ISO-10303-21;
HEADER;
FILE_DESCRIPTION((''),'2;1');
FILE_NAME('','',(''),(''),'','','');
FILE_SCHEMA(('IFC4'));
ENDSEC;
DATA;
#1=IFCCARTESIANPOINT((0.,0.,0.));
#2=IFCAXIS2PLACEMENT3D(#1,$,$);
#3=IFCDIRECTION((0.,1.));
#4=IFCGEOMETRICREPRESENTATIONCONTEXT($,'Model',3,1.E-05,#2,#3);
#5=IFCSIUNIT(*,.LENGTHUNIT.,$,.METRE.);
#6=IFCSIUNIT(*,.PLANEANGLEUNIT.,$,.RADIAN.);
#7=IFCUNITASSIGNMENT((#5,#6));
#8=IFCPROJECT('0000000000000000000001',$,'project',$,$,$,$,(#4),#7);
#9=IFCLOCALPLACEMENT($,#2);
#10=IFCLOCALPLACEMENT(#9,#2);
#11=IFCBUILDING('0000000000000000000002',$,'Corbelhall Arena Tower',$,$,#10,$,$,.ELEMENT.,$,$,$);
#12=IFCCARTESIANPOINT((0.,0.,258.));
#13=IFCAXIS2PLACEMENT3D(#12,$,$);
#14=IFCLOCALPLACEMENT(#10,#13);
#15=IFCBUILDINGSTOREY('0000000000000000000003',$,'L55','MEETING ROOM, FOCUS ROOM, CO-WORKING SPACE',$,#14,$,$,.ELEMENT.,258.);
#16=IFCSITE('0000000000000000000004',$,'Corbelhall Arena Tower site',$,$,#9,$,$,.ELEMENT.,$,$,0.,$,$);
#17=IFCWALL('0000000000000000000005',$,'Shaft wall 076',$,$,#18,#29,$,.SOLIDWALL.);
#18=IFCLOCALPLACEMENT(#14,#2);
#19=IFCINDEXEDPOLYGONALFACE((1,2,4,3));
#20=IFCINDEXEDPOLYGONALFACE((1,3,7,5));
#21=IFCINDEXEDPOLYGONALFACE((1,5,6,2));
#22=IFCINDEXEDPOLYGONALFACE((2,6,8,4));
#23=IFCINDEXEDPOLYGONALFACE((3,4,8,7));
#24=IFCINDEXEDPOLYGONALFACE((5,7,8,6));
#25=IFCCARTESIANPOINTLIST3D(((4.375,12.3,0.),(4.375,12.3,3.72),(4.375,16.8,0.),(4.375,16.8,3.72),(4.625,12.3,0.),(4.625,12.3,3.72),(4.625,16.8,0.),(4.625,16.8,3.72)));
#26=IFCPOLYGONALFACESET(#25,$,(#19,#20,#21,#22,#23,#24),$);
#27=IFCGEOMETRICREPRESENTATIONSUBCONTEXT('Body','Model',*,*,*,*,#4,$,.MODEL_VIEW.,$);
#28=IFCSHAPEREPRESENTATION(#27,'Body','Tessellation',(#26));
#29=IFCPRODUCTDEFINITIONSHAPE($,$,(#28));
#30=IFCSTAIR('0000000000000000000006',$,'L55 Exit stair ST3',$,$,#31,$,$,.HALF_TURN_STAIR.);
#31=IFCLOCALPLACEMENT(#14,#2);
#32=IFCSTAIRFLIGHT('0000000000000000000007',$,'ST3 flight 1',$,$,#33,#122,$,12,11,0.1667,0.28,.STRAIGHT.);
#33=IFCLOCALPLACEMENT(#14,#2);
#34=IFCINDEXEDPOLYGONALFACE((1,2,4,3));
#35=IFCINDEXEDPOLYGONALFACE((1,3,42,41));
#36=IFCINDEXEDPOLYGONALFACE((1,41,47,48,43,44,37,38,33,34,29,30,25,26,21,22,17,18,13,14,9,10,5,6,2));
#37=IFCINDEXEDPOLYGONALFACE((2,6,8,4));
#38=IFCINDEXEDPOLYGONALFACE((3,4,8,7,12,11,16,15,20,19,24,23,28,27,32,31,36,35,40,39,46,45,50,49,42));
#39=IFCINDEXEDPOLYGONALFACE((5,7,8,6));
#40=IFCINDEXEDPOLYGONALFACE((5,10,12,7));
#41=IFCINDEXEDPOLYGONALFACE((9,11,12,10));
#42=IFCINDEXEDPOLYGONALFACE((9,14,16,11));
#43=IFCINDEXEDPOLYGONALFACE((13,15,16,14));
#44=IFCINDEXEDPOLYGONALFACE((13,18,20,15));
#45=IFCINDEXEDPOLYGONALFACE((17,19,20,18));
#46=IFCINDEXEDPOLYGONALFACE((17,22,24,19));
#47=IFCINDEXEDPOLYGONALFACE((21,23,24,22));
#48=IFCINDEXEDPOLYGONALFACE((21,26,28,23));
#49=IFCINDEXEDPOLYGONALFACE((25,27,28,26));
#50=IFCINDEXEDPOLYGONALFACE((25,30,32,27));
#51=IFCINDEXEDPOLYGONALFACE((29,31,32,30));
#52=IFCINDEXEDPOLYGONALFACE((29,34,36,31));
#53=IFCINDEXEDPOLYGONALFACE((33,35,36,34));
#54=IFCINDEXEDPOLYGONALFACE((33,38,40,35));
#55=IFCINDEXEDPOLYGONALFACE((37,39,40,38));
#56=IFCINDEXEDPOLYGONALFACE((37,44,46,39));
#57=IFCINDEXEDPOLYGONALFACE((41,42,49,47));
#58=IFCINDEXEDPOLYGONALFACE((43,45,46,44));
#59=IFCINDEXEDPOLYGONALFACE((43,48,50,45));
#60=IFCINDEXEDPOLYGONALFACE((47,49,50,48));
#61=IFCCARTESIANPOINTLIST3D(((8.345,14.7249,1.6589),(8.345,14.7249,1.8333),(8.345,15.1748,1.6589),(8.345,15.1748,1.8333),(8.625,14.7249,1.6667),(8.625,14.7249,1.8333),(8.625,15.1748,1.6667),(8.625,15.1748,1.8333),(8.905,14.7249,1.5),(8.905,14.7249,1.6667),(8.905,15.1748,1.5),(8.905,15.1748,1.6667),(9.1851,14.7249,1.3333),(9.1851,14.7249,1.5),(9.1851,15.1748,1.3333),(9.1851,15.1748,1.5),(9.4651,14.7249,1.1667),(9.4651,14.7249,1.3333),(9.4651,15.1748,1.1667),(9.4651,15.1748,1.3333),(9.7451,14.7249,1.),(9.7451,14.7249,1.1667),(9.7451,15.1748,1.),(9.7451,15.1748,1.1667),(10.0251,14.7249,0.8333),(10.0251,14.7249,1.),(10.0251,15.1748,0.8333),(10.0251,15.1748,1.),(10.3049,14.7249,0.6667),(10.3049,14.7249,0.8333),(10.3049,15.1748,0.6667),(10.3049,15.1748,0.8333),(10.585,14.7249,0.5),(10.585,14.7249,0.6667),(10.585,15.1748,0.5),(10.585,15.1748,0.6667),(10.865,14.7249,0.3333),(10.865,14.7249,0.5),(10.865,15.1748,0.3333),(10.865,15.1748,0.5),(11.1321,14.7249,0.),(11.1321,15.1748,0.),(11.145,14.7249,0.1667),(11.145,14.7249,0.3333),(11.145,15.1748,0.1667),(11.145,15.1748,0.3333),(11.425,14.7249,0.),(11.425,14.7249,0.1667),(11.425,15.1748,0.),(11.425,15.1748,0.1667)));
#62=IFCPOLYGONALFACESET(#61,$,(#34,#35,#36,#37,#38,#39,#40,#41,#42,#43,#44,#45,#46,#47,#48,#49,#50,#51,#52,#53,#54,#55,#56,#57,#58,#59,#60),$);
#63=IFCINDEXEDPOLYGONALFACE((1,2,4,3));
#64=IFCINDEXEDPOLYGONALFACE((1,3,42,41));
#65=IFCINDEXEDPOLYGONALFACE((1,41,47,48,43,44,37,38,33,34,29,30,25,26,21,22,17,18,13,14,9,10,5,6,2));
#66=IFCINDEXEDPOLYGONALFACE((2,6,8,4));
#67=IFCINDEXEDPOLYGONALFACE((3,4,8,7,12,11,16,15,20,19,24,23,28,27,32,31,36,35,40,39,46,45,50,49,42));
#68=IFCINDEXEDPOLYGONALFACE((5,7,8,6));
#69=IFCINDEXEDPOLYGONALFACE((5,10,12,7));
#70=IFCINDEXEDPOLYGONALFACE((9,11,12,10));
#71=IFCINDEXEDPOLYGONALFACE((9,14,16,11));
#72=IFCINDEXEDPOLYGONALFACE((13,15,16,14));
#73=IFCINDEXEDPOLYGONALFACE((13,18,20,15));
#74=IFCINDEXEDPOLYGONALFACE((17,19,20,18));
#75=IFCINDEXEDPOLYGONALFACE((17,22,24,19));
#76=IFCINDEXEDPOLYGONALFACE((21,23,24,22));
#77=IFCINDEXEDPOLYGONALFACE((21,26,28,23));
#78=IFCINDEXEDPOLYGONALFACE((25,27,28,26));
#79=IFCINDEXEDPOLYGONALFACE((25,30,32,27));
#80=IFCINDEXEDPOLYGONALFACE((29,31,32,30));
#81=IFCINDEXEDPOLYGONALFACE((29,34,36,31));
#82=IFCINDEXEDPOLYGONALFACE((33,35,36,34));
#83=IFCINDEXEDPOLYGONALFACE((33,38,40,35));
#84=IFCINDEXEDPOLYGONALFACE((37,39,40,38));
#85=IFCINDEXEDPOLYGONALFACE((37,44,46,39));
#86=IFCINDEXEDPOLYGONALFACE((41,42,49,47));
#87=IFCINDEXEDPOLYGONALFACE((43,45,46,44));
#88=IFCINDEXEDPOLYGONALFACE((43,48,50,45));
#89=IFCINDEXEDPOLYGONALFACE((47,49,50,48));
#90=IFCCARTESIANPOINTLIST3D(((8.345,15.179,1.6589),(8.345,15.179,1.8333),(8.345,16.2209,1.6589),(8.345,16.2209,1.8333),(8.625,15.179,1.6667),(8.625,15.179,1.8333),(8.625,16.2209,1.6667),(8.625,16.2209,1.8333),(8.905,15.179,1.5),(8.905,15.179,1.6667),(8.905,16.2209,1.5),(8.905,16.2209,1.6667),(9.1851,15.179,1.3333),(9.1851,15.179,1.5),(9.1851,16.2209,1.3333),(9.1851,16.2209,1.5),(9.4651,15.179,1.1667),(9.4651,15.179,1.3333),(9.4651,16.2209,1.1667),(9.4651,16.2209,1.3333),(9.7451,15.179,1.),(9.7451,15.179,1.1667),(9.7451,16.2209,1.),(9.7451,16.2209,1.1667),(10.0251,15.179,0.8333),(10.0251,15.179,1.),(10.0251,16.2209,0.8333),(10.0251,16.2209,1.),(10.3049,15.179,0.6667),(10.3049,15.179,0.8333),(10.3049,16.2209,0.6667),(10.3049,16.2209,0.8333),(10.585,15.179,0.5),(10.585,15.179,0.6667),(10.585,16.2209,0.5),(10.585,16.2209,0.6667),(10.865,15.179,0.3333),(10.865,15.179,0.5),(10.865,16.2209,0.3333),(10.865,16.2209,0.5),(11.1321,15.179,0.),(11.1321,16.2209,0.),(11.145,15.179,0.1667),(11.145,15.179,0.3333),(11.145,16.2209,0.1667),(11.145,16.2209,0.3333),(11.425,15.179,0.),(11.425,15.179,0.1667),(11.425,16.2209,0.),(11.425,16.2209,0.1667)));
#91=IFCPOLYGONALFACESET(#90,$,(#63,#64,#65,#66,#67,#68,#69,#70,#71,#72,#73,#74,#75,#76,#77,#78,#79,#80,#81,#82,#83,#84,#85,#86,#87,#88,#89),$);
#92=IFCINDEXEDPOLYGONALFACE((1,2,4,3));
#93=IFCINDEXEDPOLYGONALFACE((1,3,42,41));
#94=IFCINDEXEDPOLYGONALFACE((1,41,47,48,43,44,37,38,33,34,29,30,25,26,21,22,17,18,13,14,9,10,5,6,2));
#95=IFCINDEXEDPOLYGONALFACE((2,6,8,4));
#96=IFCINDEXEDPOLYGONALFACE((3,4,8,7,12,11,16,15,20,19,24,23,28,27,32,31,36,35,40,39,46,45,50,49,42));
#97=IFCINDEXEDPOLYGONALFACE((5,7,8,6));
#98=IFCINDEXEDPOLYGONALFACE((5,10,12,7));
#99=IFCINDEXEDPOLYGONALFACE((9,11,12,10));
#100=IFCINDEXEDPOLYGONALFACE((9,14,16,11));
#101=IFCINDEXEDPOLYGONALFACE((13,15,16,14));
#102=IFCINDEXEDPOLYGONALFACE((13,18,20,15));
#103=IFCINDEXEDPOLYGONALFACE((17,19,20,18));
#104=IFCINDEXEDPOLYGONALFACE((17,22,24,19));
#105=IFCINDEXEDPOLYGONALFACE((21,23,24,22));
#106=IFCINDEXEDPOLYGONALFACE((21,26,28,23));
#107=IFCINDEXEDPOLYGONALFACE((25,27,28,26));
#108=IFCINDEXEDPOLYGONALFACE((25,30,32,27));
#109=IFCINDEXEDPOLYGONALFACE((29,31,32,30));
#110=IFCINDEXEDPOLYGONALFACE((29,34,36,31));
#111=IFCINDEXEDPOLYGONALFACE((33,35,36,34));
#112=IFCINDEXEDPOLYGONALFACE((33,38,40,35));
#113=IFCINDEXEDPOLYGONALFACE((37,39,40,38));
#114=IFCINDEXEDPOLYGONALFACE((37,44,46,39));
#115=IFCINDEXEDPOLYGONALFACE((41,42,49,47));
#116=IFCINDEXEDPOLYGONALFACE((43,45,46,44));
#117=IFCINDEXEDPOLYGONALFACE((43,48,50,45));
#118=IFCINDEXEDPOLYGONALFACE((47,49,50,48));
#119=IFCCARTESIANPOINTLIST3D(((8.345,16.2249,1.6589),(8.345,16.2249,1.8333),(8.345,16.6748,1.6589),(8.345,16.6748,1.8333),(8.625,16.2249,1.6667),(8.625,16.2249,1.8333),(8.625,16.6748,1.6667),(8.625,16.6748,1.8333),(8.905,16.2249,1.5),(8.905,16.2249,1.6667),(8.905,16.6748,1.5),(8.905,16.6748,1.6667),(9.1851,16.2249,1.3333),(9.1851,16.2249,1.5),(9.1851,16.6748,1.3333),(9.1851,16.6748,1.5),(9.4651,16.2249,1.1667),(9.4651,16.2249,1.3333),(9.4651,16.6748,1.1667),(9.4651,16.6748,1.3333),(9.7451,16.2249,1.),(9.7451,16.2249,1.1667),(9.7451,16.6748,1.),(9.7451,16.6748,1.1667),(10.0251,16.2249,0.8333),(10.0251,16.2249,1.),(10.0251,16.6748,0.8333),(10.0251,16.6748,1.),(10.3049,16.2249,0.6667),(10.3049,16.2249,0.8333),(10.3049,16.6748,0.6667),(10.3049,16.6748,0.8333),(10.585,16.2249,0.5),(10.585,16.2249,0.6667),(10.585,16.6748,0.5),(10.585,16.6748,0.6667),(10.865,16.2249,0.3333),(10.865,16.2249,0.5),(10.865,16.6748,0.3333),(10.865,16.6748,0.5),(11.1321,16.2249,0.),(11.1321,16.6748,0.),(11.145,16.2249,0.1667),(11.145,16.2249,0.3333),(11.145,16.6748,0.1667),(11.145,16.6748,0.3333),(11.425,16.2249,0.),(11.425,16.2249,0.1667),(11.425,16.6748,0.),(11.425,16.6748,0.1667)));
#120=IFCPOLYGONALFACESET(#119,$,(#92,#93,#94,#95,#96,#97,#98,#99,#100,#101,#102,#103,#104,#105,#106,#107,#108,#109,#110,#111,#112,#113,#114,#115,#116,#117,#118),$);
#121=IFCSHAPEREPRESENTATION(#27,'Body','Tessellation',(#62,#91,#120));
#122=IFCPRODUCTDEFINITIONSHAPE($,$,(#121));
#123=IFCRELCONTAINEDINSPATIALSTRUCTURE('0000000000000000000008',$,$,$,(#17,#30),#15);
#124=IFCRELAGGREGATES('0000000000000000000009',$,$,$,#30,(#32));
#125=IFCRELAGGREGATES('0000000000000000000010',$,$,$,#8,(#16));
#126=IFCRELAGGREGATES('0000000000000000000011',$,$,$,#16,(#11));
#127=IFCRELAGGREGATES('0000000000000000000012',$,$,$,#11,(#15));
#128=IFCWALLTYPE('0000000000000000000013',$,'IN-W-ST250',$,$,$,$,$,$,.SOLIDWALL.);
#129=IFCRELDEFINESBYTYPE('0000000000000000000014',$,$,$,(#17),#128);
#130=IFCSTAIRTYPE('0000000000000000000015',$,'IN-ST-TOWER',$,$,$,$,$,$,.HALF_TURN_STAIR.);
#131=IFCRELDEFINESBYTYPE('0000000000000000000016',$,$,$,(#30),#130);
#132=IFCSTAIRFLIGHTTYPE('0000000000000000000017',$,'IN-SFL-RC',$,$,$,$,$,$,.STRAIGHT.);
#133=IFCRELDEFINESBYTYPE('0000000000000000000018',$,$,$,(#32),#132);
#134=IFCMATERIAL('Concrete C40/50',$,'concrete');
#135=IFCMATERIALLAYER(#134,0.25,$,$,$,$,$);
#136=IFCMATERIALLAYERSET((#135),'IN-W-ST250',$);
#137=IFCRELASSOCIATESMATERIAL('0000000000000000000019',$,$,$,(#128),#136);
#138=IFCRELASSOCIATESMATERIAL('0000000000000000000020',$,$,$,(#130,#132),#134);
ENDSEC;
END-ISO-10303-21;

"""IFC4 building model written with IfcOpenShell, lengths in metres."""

from ifc_helpers import new_model, si_unit, direction, frame, frame_2d, origin, place, context, subcontext, project, spatial, polyline, rectangle, outline, extrude, material, layer, layer_set, type_object, element, aggregate, save


model = new_model("IFC4")

# Units and contexts
model_context = context("Model", 3, precision=1e-05, world=origin(), true_north=direction((0.0, 1.0)))
body_context = subcontext(model_context, "Body", "Model", "MODEL_VIEW")
ifc_project = project(units=[si_unit("LENGTHUNIT", "METRE"), si_unit("PLANEANGLEUNIT", "RADIAN")], contexts=[model_context])

# Site, building, storey
site_placement = place(None, origin())
site = spatial("IfcSite", under=ifc_project, at=site_placement, Name="Corbelhall Arena Tower site", CompositionType="ELEMENT", RefElevation=0.0)
building_placement = place(site_placement, origin())
building = spatial("IfcBuilding", under=site, at=building_placement, Name="Corbelhall Arena Tower", CompositionType="ELEMENT")
storey_placement = place(building_placement, frame((0.0, 0.0, 258.0)))
storey = spatial("IfcBuildingStorey", under=building, at=storey_placement, Name="L55", Description="MEETING ROOM, FOCUS ROOM, CO-WORKING SPACE", CompositionType="ELEMENT", Elevation=258.0)

# Wall
ifc_material_1 = material(Name="Concrete C40/50", Category="concrete")
ifc_layer_1 = layer(ifc_material_1, 0.25)
ifc_layer_set_1 = layer_set([ifc_layer_1], Name="IN-W-ST250")
wall_type_1 = type_object("IfcWallType", Name="IN-W-ST250", PredefinedType="SOLIDWALL", material=ifc_layer_set_1)
wall_1_placement = place(storey_placement, frame((4.5, 12.3, 0.0), z_axis=(0.0, 0.0, 1.0), x_axis=(0.0, 1.0, 0.0)))
element("IfcWall", 1, at=wall_1_placement, inside=storey, type_object=wall_type_1, Name="Shaft wall 076", PredefinedType="SOLIDWALL", context=body_context, shape_type="SweptSolid", body=[
    extrude(rectangle(XDim=4.5, YDim=0.25, at=frame_2d((2.25, 0.0))), origin(), (0.0, 0.0, 1.0), 3.72),
])

# Stair, stair flight
stair_type = type_object("IfcStairType", Name="IN-ST-TOWER", PredefinedType="HALF_TURN_STAIR", material=ifc_material_1)
stair_placement = place(storey_placement, origin())
stair = element("IfcStair", 2, at=stair_placement, inside=storey, type_object=stair_type, Name="L55 Exit stair ST3", PredefinedType="HALF_TURN_STAIR")
stair_flight_type = type_object("IfcStairFlightType", Name="IN-SFL-RC", PredefinedType="STRAIGHT", material=ifc_material_1)
stair_flight_1_placement = place(storey_placement, frame((11.425, 15.7, 0.0), z_axis=(0.0, 0.0, 1.0), x_axis=(-1.0, 0.0, 0.0)))
stair_flight_1 = element("IfcStairFlight", 3, at=stair_flight_1_placement, type_object=stair_flight_type, Name="ST3 flight 1", NumberOfRisers=12, NumberOfTreads=11, PredefinedType="STRAIGHT", RiserHeight=0.1667, TreadLength=0.28, context=body_context, shape_type="SweptSolid", body=[
    extrude(outline(polyline([(0.0, 0.0), (0.0, 0.1667), (0.28, 0.1667), (0.28, 0.3333), (0.5601, 0.3333), (0.5601, 0.5), (0.8401, 0.5), (0.8401, 0.6667), (1.1201, 0.6667), (1.1201, 0.8333), (1.3999, 0.8333), (1.3999, 1.0), (1.6799, 1.0), (1.6799, 1.1667), (1.96, 1.1667), (1.96, 1.3333), (2.24, 1.3333), (2.24, 1.5), (2.52, 1.5), (2.52, 1.6667), (2.8, 1.6667), (2.8, 1.8333), (3.0801, 1.8333), (3.0801, 2.0), (3.0801, 1.6589), (0.293, 0.0), (0.0, 0.0)])), frame((0.0, 0.9751, 0.0), z_axis=(0.0, -1.0, 0.0), x_axis=(1.0, 0.0, 0.0)), (0.0, 0.0, 1.0), 0.45),
    extrude(outline(polyline([(0.0, 0.0), (0.0, 0.1667), (0.28, 0.1667), (0.28, 0.3333), (0.5601, 0.3333), (0.5601, 0.5), (0.8401, 0.5), (0.8401, 0.6667), (1.1201, 0.6667), (1.1201, 0.8333), (1.3999, 0.8333), (1.3999, 1.0), (1.6799, 1.0), (1.6799, 1.1667), (1.96, 1.1667), (1.96, 1.3333), (2.24, 1.3333), (2.24, 1.5), (2.52, 1.5), (2.52, 1.6667), (2.8, 1.6667), (2.8, 1.8333), (3.0801, 1.8333), (3.0801, 2.0), (3.0801, 1.6589), (0.293, 0.0), (0.0, 0.0)])), frame((0.0, 0.521, 0.0), z_axis=(0.0, -1.0, 0.0), x_axis=(1.0, 0.0, 0.0)), (0.0, 0.0, 1.0), 1.042),
    extrude(outline(polyline([(0.0, 0.0), (0.0, 0.1667), (0.28, 0.1667), (0.28, 0.3333), (0.5601, 0.3333), (0.5601, 0.5), (0.8401, 0.5), (0.8401, 0.6667), (1.1201, 0.6667), (1.1201, 0.8333), (1.3999, 0.8333), (1.3999, 1.0), (1.6799, 1.0), (1.6799, 1.1667), (1.96, 1.1667), (1.96, 1.3333), (2.24, 1.3333), (2.24, 1.5), (2.52, 1.5), (2.52, 1.6667), (2.8, 1.6667), (2.8, 1.8333), (3.0801, 1.8333), (3.0801, 2.0), (3.0801, 1.6589), (0.293, 0.0), (0.0, 0.0)])), frame((0.0, -0.5249, 0.0), z_axis=(0.0, -1.0, 0.0), x_axis=(1.0, 0.0, 0.0)), (0.0, 0.0, 1.0), 0.45),
])
aggregate(stair, [stair_flight_1])

save(model, "model.ifc")
